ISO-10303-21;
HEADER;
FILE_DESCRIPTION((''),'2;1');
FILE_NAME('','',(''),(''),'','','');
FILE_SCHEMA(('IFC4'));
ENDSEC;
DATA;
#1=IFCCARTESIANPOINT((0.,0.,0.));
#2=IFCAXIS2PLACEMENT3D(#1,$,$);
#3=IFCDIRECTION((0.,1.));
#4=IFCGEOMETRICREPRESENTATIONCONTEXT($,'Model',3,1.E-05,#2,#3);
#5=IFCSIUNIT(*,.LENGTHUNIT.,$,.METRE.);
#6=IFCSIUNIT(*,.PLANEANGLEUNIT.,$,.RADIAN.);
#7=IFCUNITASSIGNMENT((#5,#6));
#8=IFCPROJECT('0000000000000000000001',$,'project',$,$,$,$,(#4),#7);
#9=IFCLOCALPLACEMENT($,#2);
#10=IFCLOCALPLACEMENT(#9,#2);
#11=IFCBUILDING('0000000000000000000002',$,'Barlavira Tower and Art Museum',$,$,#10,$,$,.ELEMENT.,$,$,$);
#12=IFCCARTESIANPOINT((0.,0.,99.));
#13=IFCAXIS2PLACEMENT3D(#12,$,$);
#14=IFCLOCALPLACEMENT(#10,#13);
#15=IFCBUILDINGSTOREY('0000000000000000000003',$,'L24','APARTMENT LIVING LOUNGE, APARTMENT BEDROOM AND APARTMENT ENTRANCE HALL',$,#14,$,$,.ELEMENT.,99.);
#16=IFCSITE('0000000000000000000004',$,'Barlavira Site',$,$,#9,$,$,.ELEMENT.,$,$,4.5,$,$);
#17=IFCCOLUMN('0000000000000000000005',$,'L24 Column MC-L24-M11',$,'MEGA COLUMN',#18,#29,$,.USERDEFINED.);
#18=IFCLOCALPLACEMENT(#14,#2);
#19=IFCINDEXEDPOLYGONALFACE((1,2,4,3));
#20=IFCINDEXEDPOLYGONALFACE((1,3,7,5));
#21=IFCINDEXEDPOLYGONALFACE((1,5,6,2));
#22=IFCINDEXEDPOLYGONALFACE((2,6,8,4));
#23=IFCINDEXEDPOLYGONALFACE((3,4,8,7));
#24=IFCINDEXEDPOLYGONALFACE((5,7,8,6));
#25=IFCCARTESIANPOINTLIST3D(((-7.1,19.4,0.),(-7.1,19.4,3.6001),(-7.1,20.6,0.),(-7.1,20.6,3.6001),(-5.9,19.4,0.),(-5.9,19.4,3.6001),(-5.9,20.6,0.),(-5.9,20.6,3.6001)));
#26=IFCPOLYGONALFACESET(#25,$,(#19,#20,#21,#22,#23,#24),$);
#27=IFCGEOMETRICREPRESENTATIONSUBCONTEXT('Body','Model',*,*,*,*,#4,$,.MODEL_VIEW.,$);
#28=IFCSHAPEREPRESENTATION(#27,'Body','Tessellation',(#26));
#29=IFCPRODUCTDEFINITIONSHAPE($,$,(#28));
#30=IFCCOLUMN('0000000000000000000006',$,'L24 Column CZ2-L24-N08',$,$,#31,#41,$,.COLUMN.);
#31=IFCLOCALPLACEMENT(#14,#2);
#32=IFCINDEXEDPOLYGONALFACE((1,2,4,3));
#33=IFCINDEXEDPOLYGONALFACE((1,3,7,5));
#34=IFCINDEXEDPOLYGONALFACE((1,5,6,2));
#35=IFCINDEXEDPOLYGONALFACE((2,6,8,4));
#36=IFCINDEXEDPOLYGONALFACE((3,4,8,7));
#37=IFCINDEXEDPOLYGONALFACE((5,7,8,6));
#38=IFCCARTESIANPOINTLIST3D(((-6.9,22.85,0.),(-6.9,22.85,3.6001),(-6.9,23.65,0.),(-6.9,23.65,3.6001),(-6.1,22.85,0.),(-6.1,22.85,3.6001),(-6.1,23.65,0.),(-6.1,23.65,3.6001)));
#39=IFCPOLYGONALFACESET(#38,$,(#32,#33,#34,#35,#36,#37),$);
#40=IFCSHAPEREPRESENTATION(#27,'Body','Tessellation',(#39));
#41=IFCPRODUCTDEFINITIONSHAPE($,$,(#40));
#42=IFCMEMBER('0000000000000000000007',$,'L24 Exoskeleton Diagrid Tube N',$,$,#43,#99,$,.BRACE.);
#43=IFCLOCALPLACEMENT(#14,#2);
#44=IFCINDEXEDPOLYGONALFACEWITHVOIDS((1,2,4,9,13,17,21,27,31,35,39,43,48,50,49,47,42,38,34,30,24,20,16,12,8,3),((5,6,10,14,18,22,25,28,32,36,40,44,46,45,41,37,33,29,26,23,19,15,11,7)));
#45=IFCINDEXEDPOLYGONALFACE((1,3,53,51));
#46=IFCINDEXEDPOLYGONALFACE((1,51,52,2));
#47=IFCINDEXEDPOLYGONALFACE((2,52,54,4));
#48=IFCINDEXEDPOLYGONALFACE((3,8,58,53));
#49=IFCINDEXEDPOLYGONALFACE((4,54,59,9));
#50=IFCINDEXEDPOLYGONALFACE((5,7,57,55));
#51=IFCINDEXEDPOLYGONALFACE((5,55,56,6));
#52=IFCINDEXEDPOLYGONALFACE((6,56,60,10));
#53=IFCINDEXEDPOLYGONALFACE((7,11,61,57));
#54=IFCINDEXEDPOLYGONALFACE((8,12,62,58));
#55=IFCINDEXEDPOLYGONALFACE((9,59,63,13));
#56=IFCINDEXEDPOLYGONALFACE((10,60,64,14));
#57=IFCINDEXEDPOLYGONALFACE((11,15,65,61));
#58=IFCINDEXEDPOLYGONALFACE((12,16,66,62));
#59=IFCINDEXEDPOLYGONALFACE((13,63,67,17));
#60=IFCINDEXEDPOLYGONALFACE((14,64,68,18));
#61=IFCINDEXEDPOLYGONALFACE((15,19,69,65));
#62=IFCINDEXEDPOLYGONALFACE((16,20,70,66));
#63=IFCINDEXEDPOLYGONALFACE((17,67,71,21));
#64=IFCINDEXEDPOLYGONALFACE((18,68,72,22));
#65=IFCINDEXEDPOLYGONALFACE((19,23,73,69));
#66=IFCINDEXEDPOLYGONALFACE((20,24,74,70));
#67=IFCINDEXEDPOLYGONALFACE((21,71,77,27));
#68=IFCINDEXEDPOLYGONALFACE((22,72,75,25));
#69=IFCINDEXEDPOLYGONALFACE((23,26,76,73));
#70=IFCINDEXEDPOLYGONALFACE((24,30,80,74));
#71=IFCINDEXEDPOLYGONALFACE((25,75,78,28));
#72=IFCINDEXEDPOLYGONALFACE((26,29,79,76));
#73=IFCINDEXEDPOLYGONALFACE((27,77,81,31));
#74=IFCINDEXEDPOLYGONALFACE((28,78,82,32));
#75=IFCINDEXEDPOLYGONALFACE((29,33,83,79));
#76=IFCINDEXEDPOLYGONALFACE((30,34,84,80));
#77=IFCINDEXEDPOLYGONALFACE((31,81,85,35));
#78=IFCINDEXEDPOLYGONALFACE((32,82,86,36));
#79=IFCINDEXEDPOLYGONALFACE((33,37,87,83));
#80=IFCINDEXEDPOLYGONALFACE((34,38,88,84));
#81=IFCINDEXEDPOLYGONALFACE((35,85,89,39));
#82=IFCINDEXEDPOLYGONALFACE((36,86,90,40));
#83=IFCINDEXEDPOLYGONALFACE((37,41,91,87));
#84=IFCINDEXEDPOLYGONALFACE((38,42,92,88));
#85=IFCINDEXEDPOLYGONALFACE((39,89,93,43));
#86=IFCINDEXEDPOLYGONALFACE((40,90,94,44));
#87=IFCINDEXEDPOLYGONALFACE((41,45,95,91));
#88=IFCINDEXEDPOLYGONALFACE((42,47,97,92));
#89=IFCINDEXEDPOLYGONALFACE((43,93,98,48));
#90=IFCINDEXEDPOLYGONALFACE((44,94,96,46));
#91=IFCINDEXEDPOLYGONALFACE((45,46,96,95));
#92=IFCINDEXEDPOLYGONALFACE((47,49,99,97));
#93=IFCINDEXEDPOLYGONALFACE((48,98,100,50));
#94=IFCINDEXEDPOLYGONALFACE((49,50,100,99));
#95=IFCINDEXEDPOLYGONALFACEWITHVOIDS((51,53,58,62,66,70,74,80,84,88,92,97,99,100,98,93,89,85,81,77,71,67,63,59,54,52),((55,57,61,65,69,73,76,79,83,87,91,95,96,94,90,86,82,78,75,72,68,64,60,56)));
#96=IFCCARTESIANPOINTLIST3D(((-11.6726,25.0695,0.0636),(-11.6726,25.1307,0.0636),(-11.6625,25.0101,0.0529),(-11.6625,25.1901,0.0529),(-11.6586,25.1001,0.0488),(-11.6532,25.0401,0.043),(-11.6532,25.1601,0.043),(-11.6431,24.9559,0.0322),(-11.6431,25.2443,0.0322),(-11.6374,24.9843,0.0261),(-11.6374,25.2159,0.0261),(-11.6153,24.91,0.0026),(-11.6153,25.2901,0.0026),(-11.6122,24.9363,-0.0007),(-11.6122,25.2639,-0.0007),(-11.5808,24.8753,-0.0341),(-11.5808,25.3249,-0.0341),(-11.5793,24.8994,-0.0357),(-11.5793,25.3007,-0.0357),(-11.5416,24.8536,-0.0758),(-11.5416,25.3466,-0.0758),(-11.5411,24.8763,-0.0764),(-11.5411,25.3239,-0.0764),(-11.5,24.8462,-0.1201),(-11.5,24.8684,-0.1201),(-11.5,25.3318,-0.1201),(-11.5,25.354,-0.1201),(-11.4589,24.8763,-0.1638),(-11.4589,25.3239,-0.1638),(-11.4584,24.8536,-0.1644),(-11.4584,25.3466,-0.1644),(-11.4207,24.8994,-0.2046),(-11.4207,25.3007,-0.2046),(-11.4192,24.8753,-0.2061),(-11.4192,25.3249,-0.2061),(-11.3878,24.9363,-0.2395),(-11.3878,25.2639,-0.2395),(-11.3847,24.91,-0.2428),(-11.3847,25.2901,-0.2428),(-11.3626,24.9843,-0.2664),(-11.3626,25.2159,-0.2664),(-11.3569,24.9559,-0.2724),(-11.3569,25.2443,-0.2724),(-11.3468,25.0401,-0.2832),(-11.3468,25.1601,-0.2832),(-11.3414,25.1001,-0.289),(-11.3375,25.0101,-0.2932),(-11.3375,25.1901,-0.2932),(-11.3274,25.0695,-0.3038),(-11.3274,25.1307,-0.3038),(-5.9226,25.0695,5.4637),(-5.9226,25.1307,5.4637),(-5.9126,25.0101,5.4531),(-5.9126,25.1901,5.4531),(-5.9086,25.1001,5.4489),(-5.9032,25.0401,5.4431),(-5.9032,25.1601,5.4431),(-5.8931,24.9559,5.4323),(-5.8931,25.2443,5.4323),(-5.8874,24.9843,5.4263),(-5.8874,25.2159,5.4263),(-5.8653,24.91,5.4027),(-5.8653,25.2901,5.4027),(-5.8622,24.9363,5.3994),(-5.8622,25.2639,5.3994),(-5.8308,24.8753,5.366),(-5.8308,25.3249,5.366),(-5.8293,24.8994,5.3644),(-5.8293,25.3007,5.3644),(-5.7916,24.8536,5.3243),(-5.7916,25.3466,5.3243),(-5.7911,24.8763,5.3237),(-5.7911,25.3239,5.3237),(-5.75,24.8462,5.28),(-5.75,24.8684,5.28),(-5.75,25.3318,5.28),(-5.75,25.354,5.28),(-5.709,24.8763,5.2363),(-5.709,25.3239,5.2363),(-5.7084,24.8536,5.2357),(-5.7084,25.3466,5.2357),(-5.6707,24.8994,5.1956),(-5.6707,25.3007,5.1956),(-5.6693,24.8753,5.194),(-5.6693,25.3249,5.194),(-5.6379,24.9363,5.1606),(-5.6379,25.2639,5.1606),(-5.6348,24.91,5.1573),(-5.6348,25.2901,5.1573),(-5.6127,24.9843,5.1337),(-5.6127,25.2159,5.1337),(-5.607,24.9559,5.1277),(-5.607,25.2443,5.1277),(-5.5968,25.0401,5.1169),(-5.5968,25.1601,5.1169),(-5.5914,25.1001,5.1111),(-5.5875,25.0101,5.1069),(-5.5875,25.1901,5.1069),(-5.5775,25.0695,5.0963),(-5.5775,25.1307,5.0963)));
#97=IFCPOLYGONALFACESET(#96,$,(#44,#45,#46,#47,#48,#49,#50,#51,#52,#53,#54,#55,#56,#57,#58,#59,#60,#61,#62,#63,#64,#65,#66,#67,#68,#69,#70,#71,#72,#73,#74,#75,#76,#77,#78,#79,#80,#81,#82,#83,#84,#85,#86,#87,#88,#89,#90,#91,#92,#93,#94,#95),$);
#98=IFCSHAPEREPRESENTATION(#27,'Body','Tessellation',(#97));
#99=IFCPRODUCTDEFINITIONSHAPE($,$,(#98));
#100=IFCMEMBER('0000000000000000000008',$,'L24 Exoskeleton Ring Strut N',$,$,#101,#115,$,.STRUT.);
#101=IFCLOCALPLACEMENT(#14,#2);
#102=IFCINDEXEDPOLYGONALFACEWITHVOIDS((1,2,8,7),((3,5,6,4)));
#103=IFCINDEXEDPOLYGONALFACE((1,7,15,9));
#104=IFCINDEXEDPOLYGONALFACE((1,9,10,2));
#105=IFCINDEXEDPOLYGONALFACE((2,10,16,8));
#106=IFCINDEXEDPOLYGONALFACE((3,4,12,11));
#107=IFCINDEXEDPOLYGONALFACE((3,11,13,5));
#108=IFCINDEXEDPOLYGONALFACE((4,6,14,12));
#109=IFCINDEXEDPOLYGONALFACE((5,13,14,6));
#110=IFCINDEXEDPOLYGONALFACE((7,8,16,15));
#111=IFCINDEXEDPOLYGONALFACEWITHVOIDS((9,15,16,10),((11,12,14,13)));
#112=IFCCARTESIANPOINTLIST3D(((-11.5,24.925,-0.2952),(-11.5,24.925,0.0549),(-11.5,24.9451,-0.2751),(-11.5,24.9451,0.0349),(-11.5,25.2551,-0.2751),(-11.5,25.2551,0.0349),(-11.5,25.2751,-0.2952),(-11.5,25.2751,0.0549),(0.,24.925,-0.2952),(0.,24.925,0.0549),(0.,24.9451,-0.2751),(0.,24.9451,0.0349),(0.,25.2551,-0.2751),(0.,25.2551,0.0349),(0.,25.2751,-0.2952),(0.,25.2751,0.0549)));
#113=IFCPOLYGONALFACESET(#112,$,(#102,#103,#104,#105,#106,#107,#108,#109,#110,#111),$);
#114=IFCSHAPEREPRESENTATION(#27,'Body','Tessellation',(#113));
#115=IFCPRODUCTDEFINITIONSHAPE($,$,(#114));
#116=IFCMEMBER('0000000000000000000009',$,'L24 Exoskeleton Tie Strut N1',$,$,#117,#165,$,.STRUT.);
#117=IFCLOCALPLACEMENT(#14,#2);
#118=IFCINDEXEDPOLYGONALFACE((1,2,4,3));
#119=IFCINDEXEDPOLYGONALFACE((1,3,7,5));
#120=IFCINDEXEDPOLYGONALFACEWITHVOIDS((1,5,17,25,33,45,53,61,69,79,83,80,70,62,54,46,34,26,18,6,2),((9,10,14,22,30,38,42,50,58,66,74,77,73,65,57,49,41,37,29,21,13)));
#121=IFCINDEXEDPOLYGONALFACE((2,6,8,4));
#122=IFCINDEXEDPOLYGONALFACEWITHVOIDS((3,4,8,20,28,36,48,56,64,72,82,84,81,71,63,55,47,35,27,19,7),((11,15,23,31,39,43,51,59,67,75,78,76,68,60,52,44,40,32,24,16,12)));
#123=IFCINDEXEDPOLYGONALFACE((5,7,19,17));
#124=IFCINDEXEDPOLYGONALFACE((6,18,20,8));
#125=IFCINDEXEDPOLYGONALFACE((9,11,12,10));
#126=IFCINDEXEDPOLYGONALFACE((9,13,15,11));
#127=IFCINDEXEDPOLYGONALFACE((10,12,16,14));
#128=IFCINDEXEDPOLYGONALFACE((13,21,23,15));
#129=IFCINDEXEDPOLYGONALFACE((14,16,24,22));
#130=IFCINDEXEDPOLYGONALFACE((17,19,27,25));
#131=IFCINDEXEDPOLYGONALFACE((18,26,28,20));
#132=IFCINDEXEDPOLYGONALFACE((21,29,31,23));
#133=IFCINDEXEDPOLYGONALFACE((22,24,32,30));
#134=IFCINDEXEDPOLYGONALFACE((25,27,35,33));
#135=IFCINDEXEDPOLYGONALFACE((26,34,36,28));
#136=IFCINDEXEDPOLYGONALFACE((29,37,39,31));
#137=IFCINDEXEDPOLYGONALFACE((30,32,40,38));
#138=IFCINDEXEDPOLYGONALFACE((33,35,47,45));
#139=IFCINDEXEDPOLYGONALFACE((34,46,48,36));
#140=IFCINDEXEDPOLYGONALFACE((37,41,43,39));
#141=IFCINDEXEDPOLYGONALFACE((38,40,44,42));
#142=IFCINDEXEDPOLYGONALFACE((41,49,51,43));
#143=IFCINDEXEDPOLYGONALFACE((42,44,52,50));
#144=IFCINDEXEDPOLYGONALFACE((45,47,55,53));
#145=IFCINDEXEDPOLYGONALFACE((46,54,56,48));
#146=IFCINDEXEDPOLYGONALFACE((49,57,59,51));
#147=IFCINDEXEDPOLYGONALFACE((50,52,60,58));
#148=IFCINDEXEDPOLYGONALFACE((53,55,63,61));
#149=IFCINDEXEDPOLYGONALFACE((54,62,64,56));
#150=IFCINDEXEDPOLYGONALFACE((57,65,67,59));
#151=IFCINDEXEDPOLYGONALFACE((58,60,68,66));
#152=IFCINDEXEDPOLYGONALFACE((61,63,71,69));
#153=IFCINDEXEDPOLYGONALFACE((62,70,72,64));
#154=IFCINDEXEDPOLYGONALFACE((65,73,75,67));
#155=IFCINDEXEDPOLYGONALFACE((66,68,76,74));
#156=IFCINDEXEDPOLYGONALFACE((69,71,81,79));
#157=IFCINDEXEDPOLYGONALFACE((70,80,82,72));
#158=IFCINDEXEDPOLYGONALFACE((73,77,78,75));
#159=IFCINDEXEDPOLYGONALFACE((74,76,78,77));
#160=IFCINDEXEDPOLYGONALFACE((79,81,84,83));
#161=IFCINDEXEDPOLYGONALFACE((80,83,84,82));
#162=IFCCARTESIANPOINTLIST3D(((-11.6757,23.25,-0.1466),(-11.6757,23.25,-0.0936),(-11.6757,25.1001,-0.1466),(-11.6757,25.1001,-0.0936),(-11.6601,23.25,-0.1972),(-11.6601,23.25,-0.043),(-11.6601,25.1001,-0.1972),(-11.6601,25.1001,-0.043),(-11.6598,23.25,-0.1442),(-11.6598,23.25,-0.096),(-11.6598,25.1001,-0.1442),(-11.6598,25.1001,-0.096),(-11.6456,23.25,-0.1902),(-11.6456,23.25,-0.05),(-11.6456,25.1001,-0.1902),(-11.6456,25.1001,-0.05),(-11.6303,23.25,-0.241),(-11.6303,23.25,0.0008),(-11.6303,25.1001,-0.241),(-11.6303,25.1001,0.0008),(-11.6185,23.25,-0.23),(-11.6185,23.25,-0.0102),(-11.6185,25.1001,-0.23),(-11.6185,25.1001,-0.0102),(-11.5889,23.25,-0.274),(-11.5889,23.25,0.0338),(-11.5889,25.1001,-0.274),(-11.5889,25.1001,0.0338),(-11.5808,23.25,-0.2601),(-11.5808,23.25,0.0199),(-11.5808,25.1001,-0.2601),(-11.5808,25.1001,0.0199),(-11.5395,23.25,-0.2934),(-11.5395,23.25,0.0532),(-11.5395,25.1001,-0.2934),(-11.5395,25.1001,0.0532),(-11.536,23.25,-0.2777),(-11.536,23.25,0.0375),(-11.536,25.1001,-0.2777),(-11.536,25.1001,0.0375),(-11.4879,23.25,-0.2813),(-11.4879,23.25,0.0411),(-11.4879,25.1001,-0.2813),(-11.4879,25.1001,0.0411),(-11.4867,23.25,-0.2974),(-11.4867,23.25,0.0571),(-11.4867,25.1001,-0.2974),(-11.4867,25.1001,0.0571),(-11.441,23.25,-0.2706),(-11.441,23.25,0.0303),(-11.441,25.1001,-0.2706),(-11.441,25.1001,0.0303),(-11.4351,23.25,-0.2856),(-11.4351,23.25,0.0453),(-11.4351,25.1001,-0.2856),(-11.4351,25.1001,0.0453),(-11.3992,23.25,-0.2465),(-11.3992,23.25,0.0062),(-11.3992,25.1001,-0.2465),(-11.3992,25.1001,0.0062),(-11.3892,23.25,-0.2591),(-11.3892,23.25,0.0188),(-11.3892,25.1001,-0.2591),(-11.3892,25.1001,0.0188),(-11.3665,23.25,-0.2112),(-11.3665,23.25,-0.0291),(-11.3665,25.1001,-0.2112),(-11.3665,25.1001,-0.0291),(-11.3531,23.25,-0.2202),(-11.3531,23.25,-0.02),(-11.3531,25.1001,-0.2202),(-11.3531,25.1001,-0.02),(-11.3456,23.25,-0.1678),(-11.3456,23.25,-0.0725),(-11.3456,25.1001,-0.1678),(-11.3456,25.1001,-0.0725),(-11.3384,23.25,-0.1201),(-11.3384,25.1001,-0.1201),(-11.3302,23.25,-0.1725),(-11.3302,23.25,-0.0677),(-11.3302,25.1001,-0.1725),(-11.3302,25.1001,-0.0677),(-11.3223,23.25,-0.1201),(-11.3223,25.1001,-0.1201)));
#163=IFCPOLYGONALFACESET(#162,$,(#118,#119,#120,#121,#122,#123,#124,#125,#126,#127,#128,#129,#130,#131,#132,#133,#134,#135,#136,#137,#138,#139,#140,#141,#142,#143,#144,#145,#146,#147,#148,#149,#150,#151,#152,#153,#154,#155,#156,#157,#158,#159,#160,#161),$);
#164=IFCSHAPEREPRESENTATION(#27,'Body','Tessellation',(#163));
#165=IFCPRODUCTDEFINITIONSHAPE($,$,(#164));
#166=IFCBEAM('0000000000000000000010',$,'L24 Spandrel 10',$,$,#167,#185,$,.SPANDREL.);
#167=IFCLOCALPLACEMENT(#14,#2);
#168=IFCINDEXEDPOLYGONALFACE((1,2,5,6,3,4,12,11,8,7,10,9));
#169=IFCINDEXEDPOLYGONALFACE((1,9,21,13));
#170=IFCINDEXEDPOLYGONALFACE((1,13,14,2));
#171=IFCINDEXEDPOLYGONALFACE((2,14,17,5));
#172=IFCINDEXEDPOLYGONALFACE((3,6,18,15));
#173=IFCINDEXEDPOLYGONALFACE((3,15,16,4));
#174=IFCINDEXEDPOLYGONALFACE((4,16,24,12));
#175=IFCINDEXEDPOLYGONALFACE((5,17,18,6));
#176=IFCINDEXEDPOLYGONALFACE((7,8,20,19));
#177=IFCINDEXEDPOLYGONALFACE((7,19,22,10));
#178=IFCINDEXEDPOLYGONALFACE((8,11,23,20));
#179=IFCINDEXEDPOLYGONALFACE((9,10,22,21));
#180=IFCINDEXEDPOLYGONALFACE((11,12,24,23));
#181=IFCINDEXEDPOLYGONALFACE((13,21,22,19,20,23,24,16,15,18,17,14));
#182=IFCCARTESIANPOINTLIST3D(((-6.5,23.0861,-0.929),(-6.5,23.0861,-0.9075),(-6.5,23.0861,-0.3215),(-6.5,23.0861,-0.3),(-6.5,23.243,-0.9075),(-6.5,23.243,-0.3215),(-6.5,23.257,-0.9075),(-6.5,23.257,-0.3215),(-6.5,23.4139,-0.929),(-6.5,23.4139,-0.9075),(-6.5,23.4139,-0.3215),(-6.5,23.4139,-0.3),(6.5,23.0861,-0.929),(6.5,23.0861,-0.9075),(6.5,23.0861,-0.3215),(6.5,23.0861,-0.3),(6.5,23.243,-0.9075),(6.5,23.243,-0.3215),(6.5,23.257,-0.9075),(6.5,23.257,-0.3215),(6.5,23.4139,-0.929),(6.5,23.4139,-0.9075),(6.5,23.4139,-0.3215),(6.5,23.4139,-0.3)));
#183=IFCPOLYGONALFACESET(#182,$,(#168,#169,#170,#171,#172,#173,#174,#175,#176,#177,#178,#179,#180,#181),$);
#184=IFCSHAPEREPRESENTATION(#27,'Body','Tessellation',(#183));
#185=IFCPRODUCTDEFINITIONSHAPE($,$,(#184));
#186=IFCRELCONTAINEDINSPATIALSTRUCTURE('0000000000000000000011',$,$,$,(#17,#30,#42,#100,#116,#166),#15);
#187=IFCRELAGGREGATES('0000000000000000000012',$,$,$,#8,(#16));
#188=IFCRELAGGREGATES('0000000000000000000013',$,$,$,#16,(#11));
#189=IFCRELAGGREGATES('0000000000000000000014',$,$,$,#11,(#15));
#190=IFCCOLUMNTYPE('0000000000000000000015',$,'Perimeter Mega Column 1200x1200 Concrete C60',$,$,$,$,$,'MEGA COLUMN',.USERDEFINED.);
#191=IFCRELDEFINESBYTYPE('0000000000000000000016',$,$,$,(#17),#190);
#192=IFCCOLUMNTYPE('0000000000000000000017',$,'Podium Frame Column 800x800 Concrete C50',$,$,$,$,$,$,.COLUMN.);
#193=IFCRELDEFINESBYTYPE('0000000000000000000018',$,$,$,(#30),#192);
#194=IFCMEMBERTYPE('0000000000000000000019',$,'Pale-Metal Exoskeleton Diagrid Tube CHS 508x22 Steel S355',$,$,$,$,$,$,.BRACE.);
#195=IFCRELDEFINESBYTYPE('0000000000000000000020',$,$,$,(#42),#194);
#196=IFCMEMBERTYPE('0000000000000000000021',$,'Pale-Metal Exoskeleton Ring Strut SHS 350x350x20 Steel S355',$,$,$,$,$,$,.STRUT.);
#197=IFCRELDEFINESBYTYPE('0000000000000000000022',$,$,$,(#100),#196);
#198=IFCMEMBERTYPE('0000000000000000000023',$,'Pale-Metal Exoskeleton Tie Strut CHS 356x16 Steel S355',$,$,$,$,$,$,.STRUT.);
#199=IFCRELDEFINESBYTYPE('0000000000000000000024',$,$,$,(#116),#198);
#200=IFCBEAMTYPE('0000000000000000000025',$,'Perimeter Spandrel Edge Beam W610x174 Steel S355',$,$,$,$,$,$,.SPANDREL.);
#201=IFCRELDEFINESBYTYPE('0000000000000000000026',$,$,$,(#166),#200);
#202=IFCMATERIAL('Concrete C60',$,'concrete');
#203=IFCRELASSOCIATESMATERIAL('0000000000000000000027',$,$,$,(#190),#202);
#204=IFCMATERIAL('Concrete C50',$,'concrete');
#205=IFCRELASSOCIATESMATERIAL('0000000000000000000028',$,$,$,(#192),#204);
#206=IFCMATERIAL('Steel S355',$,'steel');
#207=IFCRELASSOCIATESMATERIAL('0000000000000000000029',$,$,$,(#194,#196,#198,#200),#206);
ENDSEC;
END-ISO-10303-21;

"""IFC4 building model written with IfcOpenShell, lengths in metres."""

from ifc_helpers import new_model, si_unit, direction, frame, origin, origin_2d, place, context, subcontext, project, spatial, rectangle, hollow_rectangle, hollow_circle, i_section, extrude, material, material_profile, profile_set, type_object, element, save


model = new_model("IFC4")

# Units and contexts
model_context = context("Model", 3, precision=1e-05, world=origin(), true_north=direction((0.0, 1.0)))
body_context = subcontext(model_context, "Body", "Model", "MODEL_VIEW")
ifc_project = project(units=[si_unit("LENGTHUNIT", "METRE"), si_unit("PLANEANGLEUNIT", "RADIAN")], contexts=[model_context])

# Site, building, storey
site_placement = place(None, origin())
site = spatial("IfcSite", under=ifc_project, at=site_placement, Name="Barlavira Site", CompositionType="ELEMENT", RefElevation=4.5)
building_placement = place(site_placement, origin())
building = spatial("IfcBuilding", under=site, at=building_placement, Name="Barlavira Tower and Art Museum", CompositionType="ELEMENT")
storey_placement = place(building_placement, frame((0.0, 0.0, 99.0)))
storey = spatial("IfcBuildingStorey", under=building, at=storey_placement, Name="L24", Description="APARTMENT LIVING LOUNGE, APARTMENT BEDROOM AND APARTMENT ENTRANCE HALL", CompositionType="ELEMENT", Elevation=99.0)

# Columns
ifc_material_1 = material(Name="Concrete C60", Category="concrete")
ifc_material_profile_1 = material_profile(ifc_material_1, rectangle(XDim=1.2, YDim=1.2, at=origin_2d()), Name="RC-COL 1200x1200")
ifc_profile_set_1 = profile_set([ifc_material_profile_1], Name="Concrete C60")
column_type_1 = type_object("IfcColumnType", Name="Perimeter Mega Column 1200x1200 Concrete C60", ElementType="MEGA COLUMN", PredefinedType="USERDEFINED", material=ifc_profile_set_1)
column_1_placement = place(storey_placement, frame((-6.5, 20.0, 0.0), z_axis=(0.0, 0.0, 1.0), x_axis=(1.0, 0.0, 0.0)))
element("IfcColumn", 1, at=column_1_placement, inside=storey, type_object=column_type_1, Name="L24 Column MC-L24-M11", ObjectType="MEGA COLUMN", PredefinedType="USERDEFINED", context=body_context, shape_type="SweptSolid", body=[
    extrude(rectangle(XDim=1.2, YDim=1.2, at=origin_2d()), origin(), (0.0, 0.0, 1.0), 3.6001),
])
ifc_material_2 = material(Name="Concrete C50", Category="concrete")
ifc_material_profile_2 = material_profile(ifc_material_2, rectangle(XDim=0.8, YDim=0.8, at=origin_2d()), Name="RC-COL 800x800")
ifc_profile_set_2 = profile_set([ifc_material_profile_2], Name="Concrete C50")
column_type_2 = type_object("IfcColumnType", Name="Podium Frame Column 800x800 Concrete C50", PredefinedType="COLUMN", material=ifc_profile_set_2)
column_2_placement = place(storey_placement, frame((-6.5, 23.25, 0.0), z_axis=(0.0, 0.0, 1.0), x_axis=(1.0, 0.0, 0.0)))
element("IfcColumn", 2, at=column_2_placement, inside=storey, type_object=column_type_2, Name="L24 Column CZ2-L24-N08", PredefinedType="COLUMN", context=body_context, shape_type="SweptSolid", body=[
    extrude(rectangle(XDim=0.8, YDim=0.8, at=origin_2d()), origin(), (0.0, 0.0, 1.0), 3.6001),
])

# Members
ifc_material_3 = material(Name="Steel S355", Category="steel")
ifc_material_profile_3 = material_profile(ifc_material_3, hollow_circle(Radius=0.2539, WallThickness=0.0222, at=origin_2d()), Name="CHS 508.0x22.2")
ifc_profile_set_3 = profile_set([ifc_material_profile_3], Name="Steel S355")
member_type_1 = type_object("IfcMemberType", Name="Pale-Metal Exoskeleton Diagrid Tube CHS 508x22 Steel S355", PredefinedType="BRACE", material=ifc_profile_set_3)
member_1_placement = place(storey_placement, frame((-11.5, 25.1001, -0.1201), z_axis=(0.728935, 0.0, 0.684583), x_axis=(0.0, 1.0, 0.0)))
element("IfcMember", 3, at=member_1_placement, inside=storey, type_object=member_type_1, Name="L24 Exoskeleton Diagrid Tube N", PredefinedType="BRACE", context=body_context, shape_type="SweptSolid", body=[
    extrude(hollow_circle(Radius=0.2539, WallThickness=0.0222, at=origin_2d()), origin(), (0.0, 0.0, 1.0), 7.8882),
])
ifc_material_profile_4 = material_profile(ifc_material_3, hollow_rectangle(XDim=0.3501, YDim=0.3501, WallThickness=0.02, at=origin_2d()), Name="SHS 350x350x20.0")
ifc_profile_set_4 = profile_set([ifc_material_profile_4], Name="Steel S355")
member_type_2 = type_object("IfcMemberType", Name="Pale-Metal Exoskeleton Ring Strut SHS 350x350x20 Steel S355", PredefinedType="STRUT", material=ifc_profile_set_4)
member_2_placement = place(storey_placement, frame((-11.5, 25.1001, -0.1201), z_axis=(1.0, 0.0, 0.0), x_axis=(0.0, 1.0, 0.0)))
element("IfcMember", 4, at=member_2_placement, inside=storey, type_object=member_type_2, Name="L24 Exoskeleton Ring Strut N", PredefinedType="STRUT", context=body_context, shape_type="SweptSolid", body=[
    extrude(hollow_rectangle(XDim=0.3501, YDim=0.3501, WallThickness=0.02, at=origin_2d()), origin(), (0.0, 0.0, 1.0), 11.5),
])
ifc_material_profile_5 = material_profile(ifc_material_3, hollow_circle(Radius=0.1777, WallThickness=0.0161, at=origin_2d()), Name="CHS 355.6x16.0")
ifc_profile_set_5 = profile_set([ifc_material_profile_5], Name="Steel S355")
member_type_3 = type_object("IfcMemberType", Name="Pale-Metal Exoskeleton Tie Strut CHS 356x16 Steel S355", PredefinedType="STRUT", material=ifc_profile_set_5)
member_3_placement = place(storey_placement, frame((-11.5, 25.1001, -0.1201), z_axis=(0.0, -1.0, 0.0), x_axis=(1.0, 0.0, 0.0)))
element("IfcMember", 5, at=member_3_placement, inside=storey, type_object=member_type_3, Name="L24 Exoskeleton Tie Strut N1", PredefinedType="STRUT", context=body_context, shape_type="SweptSolid", body=[
    extrude(hollow_circle(Radius=0.1777, WallThickness=0.0161, at=origin_2d()), origin(), (0.0, 0.0, 1.0), 1.8501),
])

# Beam
ifc_material_profile_6 = material_profile(ifc_material_3, i_section(OverallWidth=0.3279, OverallDepth=0.6289, WebThickness=0.0139, FlangeThickness=0.0215, at=origin_2d()), Name="W610x174.0")
ifc_profile_set_6 = profile_set([ifc_material_profile_6], Name="Steel S355")
beam_type_1 = type_object("IfcBeamType", Name="Perimeter Spandrel Edge Beam W610x174 Steel S355", PredefinedType="SPANDREL", material=ifc_profile_set_6)
beam_1_placement = place(storey_placement, frame((-6.5, 23.25, -0.6145), z_axis=(1.0, 0.0, 0.0), x_axis=(0.0, 1.0, 0.0)))
element("IfcBeam", 6, at=beam_1_placement, inside=storey, type_object=beam_type_1, Name="L24 Spandrel 10", PredefinedType="SPANDREL", context=body_context, shape_type="SweptSolid", body=[
    extrude(i_section(OverallWidth=0.3279, OverallDepth=0.6289, WebThickness=0.0139, FlangeThickness=0.0215, at=origin_2d()), origin(), (0.0, 0.0, 1.0), 13.0),
])

save(model, "model.ifc")
